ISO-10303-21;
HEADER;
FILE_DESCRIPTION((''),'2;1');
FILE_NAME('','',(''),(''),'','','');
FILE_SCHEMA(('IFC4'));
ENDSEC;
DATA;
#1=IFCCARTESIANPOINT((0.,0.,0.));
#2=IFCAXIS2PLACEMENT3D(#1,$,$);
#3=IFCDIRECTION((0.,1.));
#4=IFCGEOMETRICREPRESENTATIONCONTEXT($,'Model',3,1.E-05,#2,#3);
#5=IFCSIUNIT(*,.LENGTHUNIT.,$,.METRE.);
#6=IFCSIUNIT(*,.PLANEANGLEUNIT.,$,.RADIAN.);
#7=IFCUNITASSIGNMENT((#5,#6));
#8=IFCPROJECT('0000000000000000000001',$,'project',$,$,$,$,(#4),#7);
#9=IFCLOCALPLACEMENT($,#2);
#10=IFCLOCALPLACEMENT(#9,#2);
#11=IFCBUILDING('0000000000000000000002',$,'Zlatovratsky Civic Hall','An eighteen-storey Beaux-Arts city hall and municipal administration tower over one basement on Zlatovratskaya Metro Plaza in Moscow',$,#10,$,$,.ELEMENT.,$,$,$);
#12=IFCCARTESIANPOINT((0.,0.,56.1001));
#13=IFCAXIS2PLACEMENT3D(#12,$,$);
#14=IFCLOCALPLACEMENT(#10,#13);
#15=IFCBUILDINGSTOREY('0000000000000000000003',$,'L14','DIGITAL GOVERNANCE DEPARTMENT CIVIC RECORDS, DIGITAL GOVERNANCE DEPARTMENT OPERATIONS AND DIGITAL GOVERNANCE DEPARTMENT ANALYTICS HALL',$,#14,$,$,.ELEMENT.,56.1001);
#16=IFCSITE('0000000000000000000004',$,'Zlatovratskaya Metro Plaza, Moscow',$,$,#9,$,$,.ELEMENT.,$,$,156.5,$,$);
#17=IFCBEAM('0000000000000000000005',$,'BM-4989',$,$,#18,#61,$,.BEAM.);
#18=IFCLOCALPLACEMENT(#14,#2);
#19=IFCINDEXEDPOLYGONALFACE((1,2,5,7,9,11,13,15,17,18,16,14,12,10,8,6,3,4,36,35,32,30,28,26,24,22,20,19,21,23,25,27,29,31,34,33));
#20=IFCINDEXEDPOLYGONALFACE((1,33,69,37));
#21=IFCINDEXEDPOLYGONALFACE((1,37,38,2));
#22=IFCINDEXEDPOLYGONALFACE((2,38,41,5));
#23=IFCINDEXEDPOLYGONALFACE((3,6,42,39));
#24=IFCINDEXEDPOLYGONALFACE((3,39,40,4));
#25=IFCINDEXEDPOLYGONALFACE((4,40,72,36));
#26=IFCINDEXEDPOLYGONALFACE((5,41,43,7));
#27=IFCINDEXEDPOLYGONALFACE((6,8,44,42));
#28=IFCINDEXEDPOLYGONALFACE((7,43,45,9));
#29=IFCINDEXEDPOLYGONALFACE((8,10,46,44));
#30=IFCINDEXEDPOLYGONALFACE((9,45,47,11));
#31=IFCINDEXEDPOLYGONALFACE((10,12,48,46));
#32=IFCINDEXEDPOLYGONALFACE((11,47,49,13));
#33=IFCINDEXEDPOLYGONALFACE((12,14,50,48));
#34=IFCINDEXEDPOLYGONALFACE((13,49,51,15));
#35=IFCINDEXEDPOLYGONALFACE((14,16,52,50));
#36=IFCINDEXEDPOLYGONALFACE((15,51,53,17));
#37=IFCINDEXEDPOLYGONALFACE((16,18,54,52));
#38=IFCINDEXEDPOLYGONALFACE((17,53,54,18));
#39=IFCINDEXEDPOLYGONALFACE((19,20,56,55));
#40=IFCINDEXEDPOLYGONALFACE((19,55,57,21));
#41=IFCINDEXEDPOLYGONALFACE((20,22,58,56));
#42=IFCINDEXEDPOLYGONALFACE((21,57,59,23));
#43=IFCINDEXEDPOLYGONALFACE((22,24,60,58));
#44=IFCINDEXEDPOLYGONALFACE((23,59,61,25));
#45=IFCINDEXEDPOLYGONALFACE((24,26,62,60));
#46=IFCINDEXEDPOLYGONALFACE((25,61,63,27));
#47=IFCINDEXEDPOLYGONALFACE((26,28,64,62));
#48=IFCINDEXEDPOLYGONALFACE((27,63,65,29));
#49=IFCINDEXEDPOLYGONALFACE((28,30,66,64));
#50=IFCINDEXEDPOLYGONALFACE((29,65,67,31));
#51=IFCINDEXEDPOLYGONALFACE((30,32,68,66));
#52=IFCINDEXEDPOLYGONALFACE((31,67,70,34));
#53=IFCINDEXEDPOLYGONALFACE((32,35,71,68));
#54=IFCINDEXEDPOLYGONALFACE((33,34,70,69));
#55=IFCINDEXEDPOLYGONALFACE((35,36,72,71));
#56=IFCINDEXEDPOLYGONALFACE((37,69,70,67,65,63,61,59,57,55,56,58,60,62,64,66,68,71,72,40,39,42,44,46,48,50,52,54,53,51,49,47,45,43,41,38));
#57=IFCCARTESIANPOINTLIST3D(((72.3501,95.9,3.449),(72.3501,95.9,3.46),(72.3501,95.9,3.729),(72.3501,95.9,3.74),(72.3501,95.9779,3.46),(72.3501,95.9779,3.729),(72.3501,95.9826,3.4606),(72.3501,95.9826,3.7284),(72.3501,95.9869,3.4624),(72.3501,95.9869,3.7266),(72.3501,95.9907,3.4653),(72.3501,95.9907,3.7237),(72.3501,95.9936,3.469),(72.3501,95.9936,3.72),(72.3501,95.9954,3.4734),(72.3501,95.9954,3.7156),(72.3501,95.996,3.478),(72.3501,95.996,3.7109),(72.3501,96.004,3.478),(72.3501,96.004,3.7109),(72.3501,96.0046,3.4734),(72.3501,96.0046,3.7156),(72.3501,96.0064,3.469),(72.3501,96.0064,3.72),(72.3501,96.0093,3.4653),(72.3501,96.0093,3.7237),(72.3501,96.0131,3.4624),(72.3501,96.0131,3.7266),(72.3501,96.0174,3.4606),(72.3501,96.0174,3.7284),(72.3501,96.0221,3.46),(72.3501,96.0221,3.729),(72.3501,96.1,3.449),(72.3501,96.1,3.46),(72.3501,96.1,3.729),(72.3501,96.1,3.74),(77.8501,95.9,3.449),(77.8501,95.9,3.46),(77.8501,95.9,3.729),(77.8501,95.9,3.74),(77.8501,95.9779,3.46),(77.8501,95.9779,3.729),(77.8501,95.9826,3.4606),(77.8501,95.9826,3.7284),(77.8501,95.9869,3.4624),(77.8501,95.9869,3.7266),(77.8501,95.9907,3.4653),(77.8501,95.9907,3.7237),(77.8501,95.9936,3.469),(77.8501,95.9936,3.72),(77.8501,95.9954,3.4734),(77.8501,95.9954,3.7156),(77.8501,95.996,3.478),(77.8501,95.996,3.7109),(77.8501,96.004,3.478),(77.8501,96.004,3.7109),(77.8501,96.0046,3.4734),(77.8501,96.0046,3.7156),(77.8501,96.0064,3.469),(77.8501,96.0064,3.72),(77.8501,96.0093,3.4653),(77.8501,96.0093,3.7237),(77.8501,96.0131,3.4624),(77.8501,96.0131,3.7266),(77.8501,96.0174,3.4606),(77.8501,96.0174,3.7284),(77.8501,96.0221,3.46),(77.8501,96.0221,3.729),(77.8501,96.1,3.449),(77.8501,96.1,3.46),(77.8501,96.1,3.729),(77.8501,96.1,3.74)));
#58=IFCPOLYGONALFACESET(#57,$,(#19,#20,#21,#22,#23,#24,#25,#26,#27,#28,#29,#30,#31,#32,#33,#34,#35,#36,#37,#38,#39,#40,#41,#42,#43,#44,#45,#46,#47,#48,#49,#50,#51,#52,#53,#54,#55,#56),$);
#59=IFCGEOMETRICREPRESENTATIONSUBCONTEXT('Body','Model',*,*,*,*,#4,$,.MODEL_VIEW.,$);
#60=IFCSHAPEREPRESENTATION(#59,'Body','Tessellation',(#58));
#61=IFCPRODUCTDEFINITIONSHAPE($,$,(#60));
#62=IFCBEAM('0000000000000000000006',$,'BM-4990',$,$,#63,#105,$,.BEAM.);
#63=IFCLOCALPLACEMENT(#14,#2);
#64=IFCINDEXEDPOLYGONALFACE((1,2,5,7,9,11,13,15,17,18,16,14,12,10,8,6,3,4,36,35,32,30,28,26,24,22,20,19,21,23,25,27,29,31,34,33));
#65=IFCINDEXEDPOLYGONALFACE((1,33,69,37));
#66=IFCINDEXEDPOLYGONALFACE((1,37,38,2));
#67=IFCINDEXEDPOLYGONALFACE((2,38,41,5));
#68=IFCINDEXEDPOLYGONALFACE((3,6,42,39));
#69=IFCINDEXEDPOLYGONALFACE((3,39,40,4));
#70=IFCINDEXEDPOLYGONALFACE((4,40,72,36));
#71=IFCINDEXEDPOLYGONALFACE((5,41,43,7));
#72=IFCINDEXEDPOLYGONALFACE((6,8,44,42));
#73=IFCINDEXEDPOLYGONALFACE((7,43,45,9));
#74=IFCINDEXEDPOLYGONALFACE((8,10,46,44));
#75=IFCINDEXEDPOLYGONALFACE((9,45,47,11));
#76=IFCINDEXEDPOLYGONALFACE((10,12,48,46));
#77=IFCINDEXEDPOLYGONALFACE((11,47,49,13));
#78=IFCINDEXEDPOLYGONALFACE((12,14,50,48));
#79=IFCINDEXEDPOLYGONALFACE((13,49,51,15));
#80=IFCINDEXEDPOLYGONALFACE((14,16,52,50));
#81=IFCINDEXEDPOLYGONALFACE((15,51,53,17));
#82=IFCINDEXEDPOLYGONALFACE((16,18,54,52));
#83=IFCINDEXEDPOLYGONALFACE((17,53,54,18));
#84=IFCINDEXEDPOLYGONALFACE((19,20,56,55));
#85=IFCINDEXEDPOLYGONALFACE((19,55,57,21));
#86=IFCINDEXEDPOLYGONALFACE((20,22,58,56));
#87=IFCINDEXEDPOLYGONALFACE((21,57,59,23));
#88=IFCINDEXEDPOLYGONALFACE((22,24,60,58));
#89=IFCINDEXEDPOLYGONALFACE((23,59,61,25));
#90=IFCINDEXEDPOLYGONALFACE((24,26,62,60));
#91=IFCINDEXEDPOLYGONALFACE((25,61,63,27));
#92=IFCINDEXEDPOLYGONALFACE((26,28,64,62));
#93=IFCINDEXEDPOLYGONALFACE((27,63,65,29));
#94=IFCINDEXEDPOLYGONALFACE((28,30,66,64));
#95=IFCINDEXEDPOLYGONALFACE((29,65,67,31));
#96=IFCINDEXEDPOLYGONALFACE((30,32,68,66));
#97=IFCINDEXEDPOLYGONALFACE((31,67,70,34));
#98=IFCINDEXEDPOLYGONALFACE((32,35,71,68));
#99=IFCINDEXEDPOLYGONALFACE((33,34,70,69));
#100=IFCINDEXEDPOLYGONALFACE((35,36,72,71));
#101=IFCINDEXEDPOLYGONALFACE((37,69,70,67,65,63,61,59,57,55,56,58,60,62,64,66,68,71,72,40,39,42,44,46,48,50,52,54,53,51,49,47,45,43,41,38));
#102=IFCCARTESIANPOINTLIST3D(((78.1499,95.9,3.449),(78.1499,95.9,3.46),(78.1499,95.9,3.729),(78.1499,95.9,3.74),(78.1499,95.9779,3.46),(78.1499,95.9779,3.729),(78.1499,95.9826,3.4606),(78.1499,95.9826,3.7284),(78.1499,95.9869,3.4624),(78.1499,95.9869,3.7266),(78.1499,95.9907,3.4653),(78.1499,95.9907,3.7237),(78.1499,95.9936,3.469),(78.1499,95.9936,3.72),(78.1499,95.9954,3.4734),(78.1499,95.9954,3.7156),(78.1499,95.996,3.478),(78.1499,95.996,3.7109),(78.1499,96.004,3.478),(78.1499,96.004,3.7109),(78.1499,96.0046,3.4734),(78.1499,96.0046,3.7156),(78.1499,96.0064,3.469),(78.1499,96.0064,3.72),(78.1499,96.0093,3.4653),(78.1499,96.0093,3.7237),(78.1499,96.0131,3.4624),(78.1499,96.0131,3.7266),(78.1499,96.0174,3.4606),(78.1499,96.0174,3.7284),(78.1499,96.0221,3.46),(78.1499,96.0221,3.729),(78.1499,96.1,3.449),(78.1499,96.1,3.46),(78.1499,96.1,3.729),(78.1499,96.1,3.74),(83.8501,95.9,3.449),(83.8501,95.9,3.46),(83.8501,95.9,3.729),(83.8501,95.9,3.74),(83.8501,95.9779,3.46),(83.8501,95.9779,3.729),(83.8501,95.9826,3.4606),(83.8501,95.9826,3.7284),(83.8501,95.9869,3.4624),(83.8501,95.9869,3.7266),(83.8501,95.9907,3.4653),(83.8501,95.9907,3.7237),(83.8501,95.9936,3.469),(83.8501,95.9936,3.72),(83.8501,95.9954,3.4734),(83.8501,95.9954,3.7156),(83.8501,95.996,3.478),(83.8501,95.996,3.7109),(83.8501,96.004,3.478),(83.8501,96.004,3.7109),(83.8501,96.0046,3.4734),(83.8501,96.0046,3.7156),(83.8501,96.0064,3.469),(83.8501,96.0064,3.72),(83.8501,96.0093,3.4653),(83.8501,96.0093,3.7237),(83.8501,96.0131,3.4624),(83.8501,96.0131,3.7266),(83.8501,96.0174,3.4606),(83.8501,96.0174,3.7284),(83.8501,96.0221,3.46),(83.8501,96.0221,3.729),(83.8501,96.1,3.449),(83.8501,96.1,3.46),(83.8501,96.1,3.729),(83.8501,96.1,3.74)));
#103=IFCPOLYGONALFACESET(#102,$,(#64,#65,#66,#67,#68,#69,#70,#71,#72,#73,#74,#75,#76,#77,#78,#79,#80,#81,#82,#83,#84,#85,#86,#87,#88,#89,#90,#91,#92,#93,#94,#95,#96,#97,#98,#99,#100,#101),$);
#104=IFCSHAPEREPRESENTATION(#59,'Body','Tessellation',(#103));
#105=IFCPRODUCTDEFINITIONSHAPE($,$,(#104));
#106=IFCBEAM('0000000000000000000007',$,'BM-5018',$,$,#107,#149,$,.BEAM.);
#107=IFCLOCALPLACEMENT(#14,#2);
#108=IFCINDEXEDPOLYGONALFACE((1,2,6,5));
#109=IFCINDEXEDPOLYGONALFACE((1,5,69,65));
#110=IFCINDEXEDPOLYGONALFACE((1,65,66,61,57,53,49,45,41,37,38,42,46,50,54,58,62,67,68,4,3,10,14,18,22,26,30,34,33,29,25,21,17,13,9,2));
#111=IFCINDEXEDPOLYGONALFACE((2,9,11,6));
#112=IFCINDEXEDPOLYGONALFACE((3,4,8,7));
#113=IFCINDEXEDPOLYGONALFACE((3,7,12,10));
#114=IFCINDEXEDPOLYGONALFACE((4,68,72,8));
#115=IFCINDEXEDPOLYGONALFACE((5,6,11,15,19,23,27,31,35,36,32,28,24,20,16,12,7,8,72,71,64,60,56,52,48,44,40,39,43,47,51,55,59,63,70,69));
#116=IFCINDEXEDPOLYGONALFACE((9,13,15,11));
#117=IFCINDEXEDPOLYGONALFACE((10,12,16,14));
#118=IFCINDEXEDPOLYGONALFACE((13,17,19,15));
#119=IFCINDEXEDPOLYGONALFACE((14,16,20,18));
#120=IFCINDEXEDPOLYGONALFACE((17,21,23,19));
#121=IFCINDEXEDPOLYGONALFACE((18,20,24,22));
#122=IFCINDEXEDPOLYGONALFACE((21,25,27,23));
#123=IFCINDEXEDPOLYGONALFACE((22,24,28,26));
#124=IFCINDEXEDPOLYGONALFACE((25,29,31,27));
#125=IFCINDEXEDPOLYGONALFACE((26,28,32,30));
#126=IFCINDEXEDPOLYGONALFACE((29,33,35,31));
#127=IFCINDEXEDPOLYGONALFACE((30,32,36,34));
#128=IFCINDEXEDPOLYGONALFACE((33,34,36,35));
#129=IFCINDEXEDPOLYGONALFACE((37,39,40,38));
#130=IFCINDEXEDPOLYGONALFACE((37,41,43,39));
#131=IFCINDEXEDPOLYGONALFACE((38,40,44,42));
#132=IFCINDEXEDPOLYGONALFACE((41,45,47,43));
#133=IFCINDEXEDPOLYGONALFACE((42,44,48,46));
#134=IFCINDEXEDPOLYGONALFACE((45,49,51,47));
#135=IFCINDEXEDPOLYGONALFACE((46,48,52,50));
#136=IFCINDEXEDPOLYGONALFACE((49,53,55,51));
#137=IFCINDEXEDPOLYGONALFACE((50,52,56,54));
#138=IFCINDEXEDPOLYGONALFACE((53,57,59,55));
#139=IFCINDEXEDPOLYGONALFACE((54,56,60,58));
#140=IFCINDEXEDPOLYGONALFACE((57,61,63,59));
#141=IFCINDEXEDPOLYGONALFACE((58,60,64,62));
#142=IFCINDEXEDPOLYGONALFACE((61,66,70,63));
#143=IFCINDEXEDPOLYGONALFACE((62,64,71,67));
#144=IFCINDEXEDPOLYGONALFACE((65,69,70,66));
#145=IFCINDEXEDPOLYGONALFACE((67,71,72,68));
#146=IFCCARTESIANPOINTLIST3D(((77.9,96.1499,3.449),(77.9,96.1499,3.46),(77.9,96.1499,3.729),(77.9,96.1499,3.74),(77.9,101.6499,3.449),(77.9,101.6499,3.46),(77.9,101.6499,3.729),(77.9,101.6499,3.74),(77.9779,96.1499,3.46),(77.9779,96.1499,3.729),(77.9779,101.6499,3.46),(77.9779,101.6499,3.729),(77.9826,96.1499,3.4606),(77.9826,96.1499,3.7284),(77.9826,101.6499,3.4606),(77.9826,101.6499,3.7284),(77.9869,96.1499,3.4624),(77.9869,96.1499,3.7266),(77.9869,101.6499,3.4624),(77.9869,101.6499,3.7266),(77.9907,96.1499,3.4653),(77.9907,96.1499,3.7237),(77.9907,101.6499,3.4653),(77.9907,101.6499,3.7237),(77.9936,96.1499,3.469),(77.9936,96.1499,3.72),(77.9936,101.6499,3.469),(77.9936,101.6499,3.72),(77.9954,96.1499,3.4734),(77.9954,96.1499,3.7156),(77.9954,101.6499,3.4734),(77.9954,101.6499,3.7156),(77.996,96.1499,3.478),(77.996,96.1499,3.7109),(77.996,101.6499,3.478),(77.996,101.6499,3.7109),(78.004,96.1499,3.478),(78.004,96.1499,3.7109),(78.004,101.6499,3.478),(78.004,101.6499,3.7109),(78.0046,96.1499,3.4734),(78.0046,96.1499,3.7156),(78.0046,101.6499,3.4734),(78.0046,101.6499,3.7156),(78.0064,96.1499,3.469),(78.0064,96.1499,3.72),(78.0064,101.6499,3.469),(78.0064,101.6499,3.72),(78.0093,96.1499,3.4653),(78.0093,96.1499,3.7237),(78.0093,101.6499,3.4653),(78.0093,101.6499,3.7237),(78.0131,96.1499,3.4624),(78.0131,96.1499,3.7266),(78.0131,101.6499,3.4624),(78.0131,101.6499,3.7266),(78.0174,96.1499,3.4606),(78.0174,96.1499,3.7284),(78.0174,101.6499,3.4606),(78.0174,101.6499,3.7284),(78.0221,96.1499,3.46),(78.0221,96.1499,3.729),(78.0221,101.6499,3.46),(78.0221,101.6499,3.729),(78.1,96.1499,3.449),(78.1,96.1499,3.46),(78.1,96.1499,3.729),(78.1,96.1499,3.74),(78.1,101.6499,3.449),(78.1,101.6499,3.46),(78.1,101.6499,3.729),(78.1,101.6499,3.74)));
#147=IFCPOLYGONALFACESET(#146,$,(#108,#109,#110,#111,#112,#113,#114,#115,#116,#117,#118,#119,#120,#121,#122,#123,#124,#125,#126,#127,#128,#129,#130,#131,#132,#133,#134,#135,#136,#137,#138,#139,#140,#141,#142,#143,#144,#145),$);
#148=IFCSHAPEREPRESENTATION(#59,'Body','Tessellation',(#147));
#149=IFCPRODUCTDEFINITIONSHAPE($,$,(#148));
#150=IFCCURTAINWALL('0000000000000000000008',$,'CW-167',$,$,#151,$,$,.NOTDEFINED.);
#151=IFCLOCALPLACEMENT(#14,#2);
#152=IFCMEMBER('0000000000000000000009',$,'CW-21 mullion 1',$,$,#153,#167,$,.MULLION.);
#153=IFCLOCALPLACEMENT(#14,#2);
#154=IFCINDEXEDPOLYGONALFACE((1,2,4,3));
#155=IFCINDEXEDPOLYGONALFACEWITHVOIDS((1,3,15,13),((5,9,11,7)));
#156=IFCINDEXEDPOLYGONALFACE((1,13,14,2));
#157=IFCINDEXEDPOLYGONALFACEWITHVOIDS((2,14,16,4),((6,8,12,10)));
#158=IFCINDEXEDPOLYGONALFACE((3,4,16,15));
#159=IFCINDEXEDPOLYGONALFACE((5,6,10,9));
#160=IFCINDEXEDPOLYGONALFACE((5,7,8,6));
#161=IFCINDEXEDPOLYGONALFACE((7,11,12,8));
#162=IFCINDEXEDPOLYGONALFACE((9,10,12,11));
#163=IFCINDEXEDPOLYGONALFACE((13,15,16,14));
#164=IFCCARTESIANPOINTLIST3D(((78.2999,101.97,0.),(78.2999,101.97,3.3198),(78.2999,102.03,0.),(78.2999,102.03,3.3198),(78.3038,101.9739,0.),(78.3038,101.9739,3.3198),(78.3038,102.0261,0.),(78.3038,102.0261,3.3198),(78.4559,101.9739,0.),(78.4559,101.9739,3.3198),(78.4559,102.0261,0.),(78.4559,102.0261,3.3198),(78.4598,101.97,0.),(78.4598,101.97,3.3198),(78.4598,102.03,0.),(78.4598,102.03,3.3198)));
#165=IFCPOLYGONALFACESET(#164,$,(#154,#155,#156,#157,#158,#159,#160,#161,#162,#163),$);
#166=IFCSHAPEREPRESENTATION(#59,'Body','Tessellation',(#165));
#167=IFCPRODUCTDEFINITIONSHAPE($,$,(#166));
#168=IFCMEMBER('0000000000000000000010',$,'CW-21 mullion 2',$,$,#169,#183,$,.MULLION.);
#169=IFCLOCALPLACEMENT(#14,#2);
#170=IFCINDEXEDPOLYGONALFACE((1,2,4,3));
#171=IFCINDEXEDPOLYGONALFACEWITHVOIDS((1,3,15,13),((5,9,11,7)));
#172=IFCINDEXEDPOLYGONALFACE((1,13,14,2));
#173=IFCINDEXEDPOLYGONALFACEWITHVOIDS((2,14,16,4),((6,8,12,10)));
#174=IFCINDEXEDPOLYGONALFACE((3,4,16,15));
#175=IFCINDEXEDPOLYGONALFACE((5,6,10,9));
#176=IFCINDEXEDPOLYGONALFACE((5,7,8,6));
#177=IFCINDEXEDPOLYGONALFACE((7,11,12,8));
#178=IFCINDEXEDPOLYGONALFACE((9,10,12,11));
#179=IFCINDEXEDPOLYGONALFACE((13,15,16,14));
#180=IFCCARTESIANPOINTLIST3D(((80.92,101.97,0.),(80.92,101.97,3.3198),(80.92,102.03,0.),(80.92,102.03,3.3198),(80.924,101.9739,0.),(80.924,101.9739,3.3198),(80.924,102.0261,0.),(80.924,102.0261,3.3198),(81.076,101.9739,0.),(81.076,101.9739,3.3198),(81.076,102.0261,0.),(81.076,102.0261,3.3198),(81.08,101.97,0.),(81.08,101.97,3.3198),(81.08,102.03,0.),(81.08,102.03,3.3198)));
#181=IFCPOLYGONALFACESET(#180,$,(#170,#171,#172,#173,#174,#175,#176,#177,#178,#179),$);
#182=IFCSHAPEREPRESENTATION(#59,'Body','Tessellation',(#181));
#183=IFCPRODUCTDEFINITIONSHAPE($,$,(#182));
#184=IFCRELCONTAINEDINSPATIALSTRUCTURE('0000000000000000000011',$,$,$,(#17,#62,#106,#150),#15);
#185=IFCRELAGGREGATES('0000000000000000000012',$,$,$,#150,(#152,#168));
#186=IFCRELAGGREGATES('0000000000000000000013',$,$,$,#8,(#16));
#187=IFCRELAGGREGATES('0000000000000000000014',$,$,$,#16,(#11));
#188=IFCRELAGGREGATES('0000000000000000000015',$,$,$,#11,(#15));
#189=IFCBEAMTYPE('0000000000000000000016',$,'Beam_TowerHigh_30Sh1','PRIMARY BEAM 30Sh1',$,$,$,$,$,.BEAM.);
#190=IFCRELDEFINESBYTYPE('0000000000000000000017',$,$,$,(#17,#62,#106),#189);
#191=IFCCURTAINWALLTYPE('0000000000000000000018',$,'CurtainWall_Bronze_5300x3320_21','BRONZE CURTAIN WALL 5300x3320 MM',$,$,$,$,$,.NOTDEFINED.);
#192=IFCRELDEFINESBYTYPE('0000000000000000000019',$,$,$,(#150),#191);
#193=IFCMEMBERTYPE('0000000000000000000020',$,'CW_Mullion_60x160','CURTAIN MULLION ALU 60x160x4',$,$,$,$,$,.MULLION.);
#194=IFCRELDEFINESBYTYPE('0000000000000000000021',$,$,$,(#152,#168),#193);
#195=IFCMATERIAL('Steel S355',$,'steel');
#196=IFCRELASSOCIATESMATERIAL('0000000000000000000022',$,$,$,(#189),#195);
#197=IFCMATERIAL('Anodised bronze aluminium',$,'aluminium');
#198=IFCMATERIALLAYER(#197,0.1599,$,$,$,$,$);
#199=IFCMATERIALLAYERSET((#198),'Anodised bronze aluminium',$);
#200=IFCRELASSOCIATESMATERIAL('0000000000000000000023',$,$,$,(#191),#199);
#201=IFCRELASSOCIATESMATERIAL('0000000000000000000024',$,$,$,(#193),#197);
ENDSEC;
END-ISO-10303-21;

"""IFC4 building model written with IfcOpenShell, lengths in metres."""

from ifc_helpers import new_model, si_unit, direction, frame, origin, origin_2d, place, context, subcontext, project, spatial, hollow_rectangle, i_section, extrude, material, layer, layer_set, material_profile, profile_set, type_object, element, aggregate, save


model = new_model("IFC4")

# Units and contexts
model_context = context("Model", 3, precision=1e-05, world=origin(), true_north=direction((0.0, 1.0)))
body_context = subcontext(model_context, "Body", "Model", "MODEL_VIEW")
ifc_project = project(units=[si_unit("LENGTHUNIT", "METRE"), si_unit("PLANEANGLEUNIT", "RADIAN")], contexts=[model_context])

# Site, building, storey
site_placement = place(None, origin())
site = spatial("IfcSite", under=ifc_project, at=site_placement, Name="Zlatovratskaya Metro Plaza, Moscow", CompositionType="ELEMENT", RefElevation=156.5)
building_placement = place(site_placement, origin())
building = spatial("IfcBuilding", under=site, at=building_placement, Name="Zlatovratsky Civic Hall", Description="An eighteen-storey Beaux-Arts city hall and municipal administration tower over one basement on Zlatovratskaya Metro Plaza in Moscow", CompositionType="ELEMENT")
storey_placement = place(building_placement, frame((0.0, 0.0, 56.1001)))
storey = spatial("IfcBuildingStorey", under=building, at=storey_placement, Name="L14", Description="DIGITAL GOVERNANCE DEPARTMENT CIVIC RECORDS, DIGITAL GOVERNANCE DEPARTMENT OPERATIONS AND DIGITAL GOVERNANCE DEPARTMENT ANALYTICS HALL", CompositionType="ELEMENT", Elevation=56.1001)

# Shared definitions
ifc_material_1 = material(Name="Steel S355", Category="steel")

# Beams
ifc_material_profile_1 = material_profile(ifc_material_1, i_section(OverallWidth=0.2, OverallDepth=0.291, WebThickness=0.0081, FlangeThickness=0.011, FilletRadius=0.0181, at=origin_2d()), Name="30Sh1")
ifc_profile_set_1 = profile_set([ifc_material_profile_1], Name="Steel S355")
beam_type_1 = type_object("IfcBeamType", Name="Beam_TowerHigh_30Sh1", Description="PRIMARY BEAM 30Sh1", PredefinedType="BEAM", material=ifc_profile_set_1)
beam_1_placement = place(storey_placement, frame((72.3501, 96.0, 3.5945), z_axis=(1.0, 0.0, 0.0), x_axis=(0.0, 1.0, 0.0)))
element("IfcBeam", 1, at=beam_1_placement, inside=storey, type_object=beam_type_1, Name="BM-4989", PredefinedType="BEAM", context=body_context, shape_type="SweptSolid", body=[
    extrude(i_section(OverallWidth=0.2, OverallDepth=0.291, WebThickness=0.0081, FlangeThickness=0.011, FilletRadius=0.0181, at=origin_2d()), origin(), (0.0, 0.0, 1.0), 5.5),
])
beam_2_placement = place(storey_placement, frame((78.1499, 96.0, 3.5945), z_axis=(1.0, 0.0, 0.0), x_axis=(0.0, 1.0, 0.0)))
element("IfcBeam", 2, at=beam_2_placement, inside=storey, type_object=beam_type_1, Name="BM-4990", PredefinedType="BEAM", context=body_context, shape_type="SweptSolid", body=[
    extrude(i_section(OverallWidth=0.2, OverallDepth=0.291, WebThickness=0.0081, FlangeThickness=0.011, FilletRadius=0.0181, at=origin_2d()), origin(), (0.0, 0.0, 1.0), 5.7002),
])
beam_3_placement = place(storey_placement, frame((78.0, 96.1499, 3.5945), z_axis=(0.0, 1.0, 0.0), x_axis=(-1.0, 0.0, 0.0)))
element("IfcBeam", 3, at=beam_3_placement, inside=storey, type_object=beam_type_1, Name="BM-5018", PredefinedType="BEAM", context=body_context, shape_type="SweptSolid", body=[
    extrude(i_section(OverallWidth=0.2, OverallDepth=0.291, WebThickness=0.0081, FlangeThickness=0.011, FilletRadius=0.0181, at=origin_2d()), origin(), (0.0, 0.0, 1.0), 5.5),
])

# Curtain wall, members
ifc_material_2 = material(Name="Anodised bronze aluminium", Category="aluminium")
ifc_layer_1 = layer(ifc_material_2, 0.1599)
ifc_layer_set_1 = layer_set([ifc_layer_1], Name="Anodised bronze aluminium")
curtain_wall_type = type_object("IfcCurtainWallType", Name="CurtainWall_Bronze_5300x3320_21", Description="BRONZE CURTAIN WALL 5300x3320 MM", PredefinedType="NOTDEFINED", material=ifc_layer_set_1)
curtain_wall_placement = place(storey_placement, origin())
curtain_wall = element("IfcCurtainWall", 4, at=curtain_wall_placement, inside=storey, type_object=curtain_wall_type, Name="CW-167", PredefinedType="NOTDEFINED")
ifc_material_profile_2 = material_profile(ifc_material_2, hollow_rectangle(XDim=0.0601, YDim=0.1599, WallThickness=0.0039, at=origin_2d()), Name="ALU 60x160x4")
ifc_profile_set_2 = profile_set([ifc_material_profile_2], Name="Anodised bronze aluminium")
member_type_1 = type_object("IfcMemberType", Name="CW_Mullion_60x160", Description="CURTAIN MULLION ALU 60x160x4", PredefinedType="MULLION", material=ifc_profile_set_2)
member_1_placement = place(storey_placement, frame((78.3799, 102.0, 0.0), z_axis=(0.0, 0.0, 1.0), x_axis=(0.0, 1.0, 0.0)))
member_1 = element("IfcMember", 5, at=member_1_placement, type_object=member_type_1, Name="CW-21 mullion 1", PredefinedType="MULLION", context=body_context, shape_type="SweptSolid", body=[
    extrude(hollow_rectangle(XDim=0.0601, YDim=0.1599, WallThickness=0.0039, at=origin_2d()), origin(), (0.0, 0.0, 1.0), 3.3198),
])
member_2_placement = place(storey_placement, frame((81.0, 102.0, 0.0), z_axis=(0.0, 0.0, 1.0), x_axis=(0.0, 1.0, 0.0)))
member_2 = element("IfcMember", 6, at=member_2_placement, type_object=member_type_1, Name="CW-21 mullion 2", PredefinedType="MULLION", context=body_context, shape_type="SweptSolid", body=[
    extrude(hollow_rectangle(XDim=0.0601, YDim=0.1599, WallThickness=0.0039, at=origin_2d()), origin(), (0.0, 0.0, 1.0), 3.3198),
])
aggregate(curtain_wall, [member_1, member_2])

save(model, "model.ifc")
